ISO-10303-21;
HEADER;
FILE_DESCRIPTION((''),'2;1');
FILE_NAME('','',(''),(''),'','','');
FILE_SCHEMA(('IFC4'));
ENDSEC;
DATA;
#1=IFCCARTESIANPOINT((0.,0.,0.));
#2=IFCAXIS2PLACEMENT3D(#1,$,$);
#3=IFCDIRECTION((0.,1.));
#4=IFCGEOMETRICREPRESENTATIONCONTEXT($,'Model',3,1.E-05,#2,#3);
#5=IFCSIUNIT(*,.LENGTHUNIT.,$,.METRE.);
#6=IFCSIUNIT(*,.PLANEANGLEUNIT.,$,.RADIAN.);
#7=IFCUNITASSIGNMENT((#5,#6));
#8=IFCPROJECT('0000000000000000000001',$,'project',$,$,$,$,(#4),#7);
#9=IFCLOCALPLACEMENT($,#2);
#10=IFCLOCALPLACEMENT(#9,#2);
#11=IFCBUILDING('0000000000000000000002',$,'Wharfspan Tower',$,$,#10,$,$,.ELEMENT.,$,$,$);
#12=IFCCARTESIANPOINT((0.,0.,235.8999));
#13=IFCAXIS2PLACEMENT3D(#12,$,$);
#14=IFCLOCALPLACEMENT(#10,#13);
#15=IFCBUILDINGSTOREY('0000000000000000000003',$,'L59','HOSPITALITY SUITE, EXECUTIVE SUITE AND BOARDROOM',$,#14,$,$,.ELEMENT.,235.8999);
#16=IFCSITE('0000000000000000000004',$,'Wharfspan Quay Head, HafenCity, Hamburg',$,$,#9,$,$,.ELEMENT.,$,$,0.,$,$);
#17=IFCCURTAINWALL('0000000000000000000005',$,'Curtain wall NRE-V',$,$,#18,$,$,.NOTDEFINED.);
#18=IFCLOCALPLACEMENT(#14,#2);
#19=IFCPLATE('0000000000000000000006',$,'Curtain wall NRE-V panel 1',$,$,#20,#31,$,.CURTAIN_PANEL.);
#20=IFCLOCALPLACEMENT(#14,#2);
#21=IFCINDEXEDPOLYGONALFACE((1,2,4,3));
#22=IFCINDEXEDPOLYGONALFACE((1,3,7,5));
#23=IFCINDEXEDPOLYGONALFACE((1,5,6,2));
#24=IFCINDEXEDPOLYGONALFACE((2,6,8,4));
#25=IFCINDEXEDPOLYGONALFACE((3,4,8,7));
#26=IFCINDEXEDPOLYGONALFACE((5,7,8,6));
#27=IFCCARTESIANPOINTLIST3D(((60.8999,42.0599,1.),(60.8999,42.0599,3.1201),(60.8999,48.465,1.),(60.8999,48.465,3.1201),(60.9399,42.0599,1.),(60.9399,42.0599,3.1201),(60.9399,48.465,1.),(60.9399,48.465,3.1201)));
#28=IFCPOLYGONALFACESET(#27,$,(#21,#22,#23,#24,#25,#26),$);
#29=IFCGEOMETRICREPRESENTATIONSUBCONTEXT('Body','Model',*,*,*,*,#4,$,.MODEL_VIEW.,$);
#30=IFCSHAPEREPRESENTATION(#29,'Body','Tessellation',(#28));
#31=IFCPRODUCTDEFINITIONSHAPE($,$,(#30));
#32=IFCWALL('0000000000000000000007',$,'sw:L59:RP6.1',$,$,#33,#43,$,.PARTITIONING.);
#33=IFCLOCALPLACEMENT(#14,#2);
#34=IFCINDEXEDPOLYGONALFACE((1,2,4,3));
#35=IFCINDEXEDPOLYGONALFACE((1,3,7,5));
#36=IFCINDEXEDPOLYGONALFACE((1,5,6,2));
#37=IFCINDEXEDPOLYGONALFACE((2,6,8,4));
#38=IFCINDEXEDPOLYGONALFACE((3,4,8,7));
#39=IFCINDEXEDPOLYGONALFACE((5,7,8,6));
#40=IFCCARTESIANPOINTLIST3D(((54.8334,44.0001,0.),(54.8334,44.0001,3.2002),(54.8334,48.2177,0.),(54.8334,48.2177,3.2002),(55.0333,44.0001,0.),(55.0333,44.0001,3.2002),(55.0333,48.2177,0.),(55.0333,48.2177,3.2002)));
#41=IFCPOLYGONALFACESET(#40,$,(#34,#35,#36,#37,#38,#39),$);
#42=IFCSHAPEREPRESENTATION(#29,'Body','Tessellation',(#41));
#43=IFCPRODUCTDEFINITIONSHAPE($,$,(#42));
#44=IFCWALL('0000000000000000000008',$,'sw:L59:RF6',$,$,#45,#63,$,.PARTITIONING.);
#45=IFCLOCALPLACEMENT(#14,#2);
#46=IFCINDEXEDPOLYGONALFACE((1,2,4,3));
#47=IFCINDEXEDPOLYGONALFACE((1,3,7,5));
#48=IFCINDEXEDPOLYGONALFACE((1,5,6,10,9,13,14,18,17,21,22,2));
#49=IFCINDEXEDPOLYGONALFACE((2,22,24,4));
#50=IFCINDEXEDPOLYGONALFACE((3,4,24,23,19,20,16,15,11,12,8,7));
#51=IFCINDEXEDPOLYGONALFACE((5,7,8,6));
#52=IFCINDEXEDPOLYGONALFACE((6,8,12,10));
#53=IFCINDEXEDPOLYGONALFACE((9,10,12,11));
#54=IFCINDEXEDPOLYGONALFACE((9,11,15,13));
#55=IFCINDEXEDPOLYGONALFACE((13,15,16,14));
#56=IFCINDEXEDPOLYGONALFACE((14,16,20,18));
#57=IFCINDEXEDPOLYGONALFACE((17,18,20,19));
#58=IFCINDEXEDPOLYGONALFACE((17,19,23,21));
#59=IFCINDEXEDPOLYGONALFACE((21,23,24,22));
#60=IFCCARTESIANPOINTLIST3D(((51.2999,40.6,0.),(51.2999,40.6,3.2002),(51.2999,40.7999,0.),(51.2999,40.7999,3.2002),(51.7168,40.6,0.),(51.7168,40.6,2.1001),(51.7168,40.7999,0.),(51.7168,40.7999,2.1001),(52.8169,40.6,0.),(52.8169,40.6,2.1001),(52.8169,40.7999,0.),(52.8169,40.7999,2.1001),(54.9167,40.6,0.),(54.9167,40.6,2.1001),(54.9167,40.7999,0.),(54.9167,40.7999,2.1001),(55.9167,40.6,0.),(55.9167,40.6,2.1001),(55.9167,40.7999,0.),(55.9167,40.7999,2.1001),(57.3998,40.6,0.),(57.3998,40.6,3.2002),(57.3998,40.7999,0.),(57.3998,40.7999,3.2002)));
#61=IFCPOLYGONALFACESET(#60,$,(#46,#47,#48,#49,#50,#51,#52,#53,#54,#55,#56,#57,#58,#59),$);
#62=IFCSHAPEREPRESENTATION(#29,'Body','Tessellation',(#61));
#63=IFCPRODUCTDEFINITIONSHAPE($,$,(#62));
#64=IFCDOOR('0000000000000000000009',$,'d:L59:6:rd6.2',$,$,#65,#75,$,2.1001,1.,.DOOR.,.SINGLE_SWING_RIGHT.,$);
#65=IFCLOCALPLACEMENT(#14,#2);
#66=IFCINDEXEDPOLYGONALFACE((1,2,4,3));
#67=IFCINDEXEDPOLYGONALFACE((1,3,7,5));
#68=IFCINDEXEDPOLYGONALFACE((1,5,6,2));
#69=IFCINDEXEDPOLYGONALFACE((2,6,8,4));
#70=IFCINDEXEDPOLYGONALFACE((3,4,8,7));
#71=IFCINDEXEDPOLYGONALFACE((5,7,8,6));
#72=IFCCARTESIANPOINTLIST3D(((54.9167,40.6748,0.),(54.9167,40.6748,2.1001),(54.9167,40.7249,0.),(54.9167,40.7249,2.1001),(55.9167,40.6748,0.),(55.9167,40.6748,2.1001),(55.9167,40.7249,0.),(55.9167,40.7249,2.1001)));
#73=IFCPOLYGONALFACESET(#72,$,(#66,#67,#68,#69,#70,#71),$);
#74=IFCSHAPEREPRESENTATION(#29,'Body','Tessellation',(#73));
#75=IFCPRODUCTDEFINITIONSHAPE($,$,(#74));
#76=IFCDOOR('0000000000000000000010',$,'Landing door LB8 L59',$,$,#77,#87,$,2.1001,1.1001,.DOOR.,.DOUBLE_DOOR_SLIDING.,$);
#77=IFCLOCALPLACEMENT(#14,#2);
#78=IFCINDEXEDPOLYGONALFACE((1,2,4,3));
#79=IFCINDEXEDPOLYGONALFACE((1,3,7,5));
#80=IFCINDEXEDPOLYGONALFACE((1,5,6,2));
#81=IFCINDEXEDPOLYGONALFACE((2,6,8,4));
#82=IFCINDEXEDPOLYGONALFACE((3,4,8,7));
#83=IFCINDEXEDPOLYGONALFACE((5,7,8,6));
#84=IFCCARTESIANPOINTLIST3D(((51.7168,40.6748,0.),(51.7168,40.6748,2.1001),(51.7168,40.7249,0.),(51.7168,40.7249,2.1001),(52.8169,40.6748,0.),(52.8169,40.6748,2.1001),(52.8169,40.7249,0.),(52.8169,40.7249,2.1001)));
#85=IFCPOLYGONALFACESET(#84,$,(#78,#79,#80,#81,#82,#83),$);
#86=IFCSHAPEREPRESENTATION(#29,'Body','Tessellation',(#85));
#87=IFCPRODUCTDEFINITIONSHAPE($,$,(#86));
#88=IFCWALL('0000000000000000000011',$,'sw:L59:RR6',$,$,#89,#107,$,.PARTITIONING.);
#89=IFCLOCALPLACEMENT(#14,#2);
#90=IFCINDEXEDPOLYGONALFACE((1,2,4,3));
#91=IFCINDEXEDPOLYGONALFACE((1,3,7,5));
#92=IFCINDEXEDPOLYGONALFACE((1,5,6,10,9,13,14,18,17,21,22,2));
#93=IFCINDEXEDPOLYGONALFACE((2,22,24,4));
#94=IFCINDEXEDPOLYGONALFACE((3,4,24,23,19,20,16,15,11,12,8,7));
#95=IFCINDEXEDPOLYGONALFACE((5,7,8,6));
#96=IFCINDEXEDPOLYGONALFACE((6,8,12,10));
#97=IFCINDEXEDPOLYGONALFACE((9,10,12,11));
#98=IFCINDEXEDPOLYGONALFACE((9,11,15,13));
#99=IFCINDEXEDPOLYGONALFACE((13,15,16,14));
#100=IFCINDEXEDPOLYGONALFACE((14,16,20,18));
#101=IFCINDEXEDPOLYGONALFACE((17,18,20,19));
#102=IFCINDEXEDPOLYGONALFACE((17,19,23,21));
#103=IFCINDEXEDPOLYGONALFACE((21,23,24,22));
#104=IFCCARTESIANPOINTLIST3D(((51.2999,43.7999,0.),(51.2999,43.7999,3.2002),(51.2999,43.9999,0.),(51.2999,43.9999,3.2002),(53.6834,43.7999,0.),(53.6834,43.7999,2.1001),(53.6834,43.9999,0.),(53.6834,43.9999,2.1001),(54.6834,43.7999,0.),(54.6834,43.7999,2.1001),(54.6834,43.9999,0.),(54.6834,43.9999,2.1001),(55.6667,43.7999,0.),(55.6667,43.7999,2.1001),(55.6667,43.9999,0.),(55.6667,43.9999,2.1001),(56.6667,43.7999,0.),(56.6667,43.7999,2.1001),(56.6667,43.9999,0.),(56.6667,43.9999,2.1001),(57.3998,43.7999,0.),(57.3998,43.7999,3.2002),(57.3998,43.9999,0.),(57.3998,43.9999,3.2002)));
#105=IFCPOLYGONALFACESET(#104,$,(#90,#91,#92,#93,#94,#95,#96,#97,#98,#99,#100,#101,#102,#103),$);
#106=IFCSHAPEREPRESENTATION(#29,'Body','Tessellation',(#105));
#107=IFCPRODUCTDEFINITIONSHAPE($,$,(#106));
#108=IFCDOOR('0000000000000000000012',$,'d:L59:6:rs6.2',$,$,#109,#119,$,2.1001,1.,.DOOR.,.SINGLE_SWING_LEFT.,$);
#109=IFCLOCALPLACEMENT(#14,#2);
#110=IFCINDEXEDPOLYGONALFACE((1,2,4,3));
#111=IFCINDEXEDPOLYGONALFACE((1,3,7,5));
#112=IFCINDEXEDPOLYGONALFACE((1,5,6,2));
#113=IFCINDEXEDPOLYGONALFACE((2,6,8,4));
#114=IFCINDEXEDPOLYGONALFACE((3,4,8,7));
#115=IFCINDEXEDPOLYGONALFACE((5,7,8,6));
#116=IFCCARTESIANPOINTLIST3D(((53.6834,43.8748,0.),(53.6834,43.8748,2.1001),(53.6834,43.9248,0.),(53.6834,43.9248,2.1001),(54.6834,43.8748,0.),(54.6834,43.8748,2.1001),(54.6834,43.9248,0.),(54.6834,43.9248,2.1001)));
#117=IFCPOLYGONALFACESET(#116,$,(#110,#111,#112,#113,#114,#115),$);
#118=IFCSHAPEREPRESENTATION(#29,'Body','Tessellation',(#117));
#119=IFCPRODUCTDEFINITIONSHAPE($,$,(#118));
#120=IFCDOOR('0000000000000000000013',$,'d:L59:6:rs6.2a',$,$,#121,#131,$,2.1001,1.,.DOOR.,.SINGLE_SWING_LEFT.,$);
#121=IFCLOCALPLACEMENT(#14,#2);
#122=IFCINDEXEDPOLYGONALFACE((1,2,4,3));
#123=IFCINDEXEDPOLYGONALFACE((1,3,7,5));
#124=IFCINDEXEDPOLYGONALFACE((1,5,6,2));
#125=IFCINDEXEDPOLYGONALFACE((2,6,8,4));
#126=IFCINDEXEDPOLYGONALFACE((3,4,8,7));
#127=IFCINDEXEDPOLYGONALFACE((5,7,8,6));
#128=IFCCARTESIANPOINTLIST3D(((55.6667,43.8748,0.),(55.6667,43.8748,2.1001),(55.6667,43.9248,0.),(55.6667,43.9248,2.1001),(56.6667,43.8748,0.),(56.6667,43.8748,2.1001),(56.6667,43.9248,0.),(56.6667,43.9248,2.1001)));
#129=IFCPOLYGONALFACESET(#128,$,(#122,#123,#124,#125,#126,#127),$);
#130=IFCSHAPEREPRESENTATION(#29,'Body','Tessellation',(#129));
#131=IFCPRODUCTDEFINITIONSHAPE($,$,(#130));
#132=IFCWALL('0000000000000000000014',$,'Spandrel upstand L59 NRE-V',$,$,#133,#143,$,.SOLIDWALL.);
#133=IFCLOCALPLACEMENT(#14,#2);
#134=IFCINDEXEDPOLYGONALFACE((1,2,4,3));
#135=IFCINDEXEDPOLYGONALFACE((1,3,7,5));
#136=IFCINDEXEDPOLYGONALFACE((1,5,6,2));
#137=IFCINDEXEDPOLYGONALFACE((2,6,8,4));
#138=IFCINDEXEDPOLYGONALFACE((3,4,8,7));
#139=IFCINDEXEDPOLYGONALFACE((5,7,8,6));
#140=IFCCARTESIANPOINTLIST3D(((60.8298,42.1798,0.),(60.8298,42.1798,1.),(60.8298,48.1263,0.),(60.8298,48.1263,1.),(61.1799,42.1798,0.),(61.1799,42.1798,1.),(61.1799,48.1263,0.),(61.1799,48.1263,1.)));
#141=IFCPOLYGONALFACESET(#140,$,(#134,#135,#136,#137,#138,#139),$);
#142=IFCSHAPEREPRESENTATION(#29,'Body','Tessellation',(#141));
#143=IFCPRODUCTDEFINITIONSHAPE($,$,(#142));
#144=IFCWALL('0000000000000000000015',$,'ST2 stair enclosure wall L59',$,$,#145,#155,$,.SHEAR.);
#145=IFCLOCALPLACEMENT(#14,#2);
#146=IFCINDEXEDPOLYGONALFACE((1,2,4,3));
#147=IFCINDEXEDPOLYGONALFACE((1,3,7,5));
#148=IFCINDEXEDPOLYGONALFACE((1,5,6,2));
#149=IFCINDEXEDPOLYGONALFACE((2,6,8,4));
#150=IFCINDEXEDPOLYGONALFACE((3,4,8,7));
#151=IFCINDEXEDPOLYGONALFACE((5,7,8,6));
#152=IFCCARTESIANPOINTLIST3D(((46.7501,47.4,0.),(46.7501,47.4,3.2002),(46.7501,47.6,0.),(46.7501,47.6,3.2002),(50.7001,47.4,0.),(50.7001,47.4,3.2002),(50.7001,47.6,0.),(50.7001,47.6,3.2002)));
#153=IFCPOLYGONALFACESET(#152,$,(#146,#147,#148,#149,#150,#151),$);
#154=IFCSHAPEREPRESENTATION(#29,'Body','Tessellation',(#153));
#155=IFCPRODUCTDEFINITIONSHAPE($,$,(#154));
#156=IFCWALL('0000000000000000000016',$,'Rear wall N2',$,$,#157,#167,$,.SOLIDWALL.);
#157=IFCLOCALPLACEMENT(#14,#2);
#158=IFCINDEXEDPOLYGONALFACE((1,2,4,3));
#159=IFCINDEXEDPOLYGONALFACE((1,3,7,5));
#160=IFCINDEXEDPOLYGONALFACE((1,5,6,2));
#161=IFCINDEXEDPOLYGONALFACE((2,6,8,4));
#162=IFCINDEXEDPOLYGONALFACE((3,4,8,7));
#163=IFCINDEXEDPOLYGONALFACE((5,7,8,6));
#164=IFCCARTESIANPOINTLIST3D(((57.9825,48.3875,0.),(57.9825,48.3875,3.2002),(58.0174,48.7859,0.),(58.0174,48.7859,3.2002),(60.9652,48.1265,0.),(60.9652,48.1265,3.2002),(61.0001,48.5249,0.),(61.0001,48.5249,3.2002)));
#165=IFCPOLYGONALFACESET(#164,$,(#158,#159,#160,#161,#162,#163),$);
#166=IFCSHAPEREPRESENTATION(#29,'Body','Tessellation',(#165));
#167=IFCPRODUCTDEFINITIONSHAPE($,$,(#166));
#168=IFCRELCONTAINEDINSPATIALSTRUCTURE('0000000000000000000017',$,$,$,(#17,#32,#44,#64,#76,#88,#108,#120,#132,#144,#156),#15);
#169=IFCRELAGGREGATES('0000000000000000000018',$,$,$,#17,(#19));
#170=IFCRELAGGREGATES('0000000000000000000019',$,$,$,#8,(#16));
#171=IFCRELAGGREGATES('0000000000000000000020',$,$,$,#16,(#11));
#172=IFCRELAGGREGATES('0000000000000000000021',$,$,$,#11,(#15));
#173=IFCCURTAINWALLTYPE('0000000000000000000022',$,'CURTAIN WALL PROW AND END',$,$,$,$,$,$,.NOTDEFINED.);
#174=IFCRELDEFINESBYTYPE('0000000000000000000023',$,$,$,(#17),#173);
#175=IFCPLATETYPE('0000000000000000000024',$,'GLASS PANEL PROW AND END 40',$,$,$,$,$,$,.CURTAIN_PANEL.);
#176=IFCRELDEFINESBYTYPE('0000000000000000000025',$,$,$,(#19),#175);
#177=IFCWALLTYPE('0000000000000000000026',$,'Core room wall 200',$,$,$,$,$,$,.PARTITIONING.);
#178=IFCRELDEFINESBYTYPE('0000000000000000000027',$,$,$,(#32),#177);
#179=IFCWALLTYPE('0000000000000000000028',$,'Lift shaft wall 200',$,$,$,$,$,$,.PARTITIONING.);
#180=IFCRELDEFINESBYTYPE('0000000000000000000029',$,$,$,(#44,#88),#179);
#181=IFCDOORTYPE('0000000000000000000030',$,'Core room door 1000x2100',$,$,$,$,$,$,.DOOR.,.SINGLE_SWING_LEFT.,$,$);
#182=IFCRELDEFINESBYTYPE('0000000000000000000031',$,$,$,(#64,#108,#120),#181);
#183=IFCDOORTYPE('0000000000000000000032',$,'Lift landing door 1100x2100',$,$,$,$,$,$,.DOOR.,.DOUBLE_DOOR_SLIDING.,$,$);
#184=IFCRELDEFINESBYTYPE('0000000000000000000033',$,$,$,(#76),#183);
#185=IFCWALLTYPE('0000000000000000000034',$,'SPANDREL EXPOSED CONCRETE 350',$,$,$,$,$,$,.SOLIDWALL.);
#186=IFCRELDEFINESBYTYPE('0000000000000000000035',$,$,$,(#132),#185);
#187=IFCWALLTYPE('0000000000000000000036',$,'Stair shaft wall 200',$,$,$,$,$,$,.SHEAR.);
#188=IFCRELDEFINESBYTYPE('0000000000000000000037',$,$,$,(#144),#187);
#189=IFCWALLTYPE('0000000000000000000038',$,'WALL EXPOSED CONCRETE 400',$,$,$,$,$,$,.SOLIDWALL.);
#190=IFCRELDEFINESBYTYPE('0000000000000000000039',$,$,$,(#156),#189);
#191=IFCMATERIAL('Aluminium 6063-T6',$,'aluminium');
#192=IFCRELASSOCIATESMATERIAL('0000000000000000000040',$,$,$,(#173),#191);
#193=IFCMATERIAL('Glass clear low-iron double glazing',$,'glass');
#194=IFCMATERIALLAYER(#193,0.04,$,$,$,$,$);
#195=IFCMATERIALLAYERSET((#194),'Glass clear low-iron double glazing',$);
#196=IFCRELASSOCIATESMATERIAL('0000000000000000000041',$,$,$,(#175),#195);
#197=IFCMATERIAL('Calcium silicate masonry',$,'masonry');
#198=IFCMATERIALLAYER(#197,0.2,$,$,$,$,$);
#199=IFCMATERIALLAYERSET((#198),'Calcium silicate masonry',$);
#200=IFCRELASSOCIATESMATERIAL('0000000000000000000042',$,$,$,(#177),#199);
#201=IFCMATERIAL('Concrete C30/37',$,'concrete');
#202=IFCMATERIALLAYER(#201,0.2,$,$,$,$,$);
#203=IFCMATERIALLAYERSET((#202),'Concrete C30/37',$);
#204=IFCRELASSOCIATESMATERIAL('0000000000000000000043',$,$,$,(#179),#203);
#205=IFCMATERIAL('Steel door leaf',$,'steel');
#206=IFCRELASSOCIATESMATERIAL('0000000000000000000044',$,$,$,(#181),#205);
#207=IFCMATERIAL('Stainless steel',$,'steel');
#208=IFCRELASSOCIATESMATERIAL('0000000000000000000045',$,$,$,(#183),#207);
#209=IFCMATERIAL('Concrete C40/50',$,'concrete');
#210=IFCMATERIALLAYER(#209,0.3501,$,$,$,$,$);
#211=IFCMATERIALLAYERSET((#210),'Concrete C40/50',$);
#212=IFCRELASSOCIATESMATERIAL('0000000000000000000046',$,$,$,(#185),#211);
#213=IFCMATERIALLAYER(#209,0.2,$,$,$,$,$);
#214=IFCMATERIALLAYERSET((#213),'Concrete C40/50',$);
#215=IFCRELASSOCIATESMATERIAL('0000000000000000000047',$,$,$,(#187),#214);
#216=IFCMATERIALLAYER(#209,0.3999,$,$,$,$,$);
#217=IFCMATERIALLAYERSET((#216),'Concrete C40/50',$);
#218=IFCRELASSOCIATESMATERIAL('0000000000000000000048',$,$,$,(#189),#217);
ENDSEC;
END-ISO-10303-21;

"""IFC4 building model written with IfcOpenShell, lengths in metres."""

from ifc_helpers import new_model, si_unit, direction, frame, frame_2d, origin, origin_2d, place, context, subcontext, project, spatial, rectangle, extrude, material, layer, layer_set, type_object, element, fill, aggregate, save


model = new_model("IFC4")

# Units and contexts
model_context = context("Model", 3, precision=1e-05, world=origin(), true_north=direction((0.0, 1.0)))
body_context = subcontext(model_context, "Body", "Model", "MODEL_VIEW")
ifc_project = project(units=[si_unit("LENGTHUNIT", "METRE"), si_unit("PLANEANGLEUNIT", "RADIAN")], contexts=[model_context])

# Site, building, storey
site_placement = place(None, origin())
site = spatial("IfcSite", under=ifc_project, at=site_placement, Name="Wharfspan Quay Head, HafenCity, Hamburg", CompositionType="ELEMENT", RefElevation=0.0)
building_placement = place(site_placement, origin())
building = spatial("IfcBuilding", under=site, at=building_placement, Name="Wharfspan Tower", CompositionType="ELEMENT")
storey_placement = place(building_placement, frame((0.0, 0.0, 235.8999)))
storey = spatial("IfcBuildingStorey", under=building, at=storey_placement, Name="L59", Description="HOSPITALITY SUITE, EXECUTIVE SUITE AND BOARDROOM", CompositionType="ELEMENT", Elevation=235.8999)

# Shared definitions
ifc_material_1 = material(Name="Aluminium 6063-T6", Category="aluminium")
curtain_wall_type = type_object("IfcCurtainWallType", Name="CURTAIN WALL PROW AND END", PredefinedType="NOTDEFINED", material=ifc_material_1)

# Curtain wall
curtain_wall_1_placement = place(storey_placement, origin())
curtain_wall_1 = element("IfcCurtainWall", 1, at=curtain_wall_1_placement, inside=storey, type_object=curtain_wall_type, Name="Curtain wall NRE-V", PredefinedType="NOTDEFINED")

# Plate
ifc_material_2 = material(Name="Glass clear low-iron double glazing", Category="glass")
ifc_layer_1 = layer(ifc_material_2, 0.04)
ifc_layer_set_1 = layer_set([ifc_layer_1], Name="Glass clear low-iron double glazing")
plate_type = type_object("IfcPlateType", Name="GLASS PANEL PROW AND END 40", PredefinedType="CURTAIN_PANEL", material=ifc_layer_set_1)
plate_1_placement = place(storey_placement, frame((60.9199, 45.2625, 1.0), z_axis=(0.0, 0.0, 1.0), x_axis=(0.0, 1.0, 0.0)))
plate_1 = element("IfcPlate", 2, at=plate_1_placement, type_object=plate_type, Name="Curtain wall NRE-V panel 1", PredefinedType="CURTAIN_PANEL", context=body_context, shape_type="SweptSolid", body=[
    extrude(rectangle(XDim=6.405, YDim=0.04, at=origin_2d()), origin(), (0.0, 0.0, 1.0), 2.1201),
])
aggregate(curtain_wall_1, [plate_1])

# Wall
ifc_material_3 = material(Name="Calcium silicate masonry", Category="masonry")
ifc_layer_2 = layer(ifc_material_3, 0.2)
ifc_layer_set_2 = layer_set([ifc_layer_2], Name="Calcium silicate masonry")
wall_type_1 = type_object("IfcWallType", Name="Core room wall 200", PredefinedType="PARTITIONING", material=ifc_layer_set_2)
wall_1_placement = place(storey_placement, frame((54.9333, 44.0, 0.0), z_axis=(0.0, 0.0, 1.0), x_axis=(0.0, 1.0, 0.0)))
element("IfcWall", 3, at=wall_1_placement, inside=storey, type_object=wall_type_1, Name="sw:L59:RP6.1", PredefinedType="PARTITIONING", context=body_context, shape_type="SweptSolid", body=[
    extrude(rectangle(XDim=4.2175, YDim=0.2, at=frame_2d((2.1089, 0.0))), origin(), (0.0, 0.0, 1.0), 3.2002),
])

# Walls, openings, doors
ifc_material_4 = material(Name="Concrete C30/37", Category="concrete")
ifc_layer_3 = layer(ifc_material_4, 0.2)
ifc_layer_set_3 = layer_set([ifc_layer_3], Name="Concrete C30/37")
wall_type_2 = type_object("IfcWallType", Name="Lift shaft wall 200", PredefinedType="PARTITIONING", material=ifc_layer_set_3)
wall_2_placement = place(storey_placement, frame((51.3, 40.7, 0.0), z_axis=(0.0, 0.0, 1.0), x_axis=(1.0, 0.0, 0.0)))
wall_2 = element("IfcWall", 4, at=wall_2_placement, inside=storey, type_object=wall_type_2, Name="sw:L59:RF6", PredefinedType="PARTITIONING", context=body_context, shape_type="SweptSolid", body=[
    extrude(rectangle(XDim=6.0999, YDim=0.2, at=frame_2d((3.0498, 0.0))), origin(), (0.0, 0.0, 1.0), 3.2002),
])
opening_1_placement = place(wall_2_placement, frame((0.4167, 0.0, 0.0)))
opening_1 = element("IfcOpeningElement", 5, at=opening_1_placement, cuts=wall_2, PredefinedType="OPENING", context=body_context, shape_type="SweptSolid", body=[
    extrude(rectangle(XDim=1.1001, YDim=2.1001, at=frame_2d((0.55, 1.05))), frame((0.0, 0.1099, 0.0), z_axis=(0.0, -1.0, 0.0), x_axis=(1.0, 0.0, 0.0)), (0.0, 0.0, 1.0), 0.22),
])
opening_2_placement = place(wall_2_placement, frame((3.6167, 0.0, 0.0)))
opening_2 = element("IfcOpeningElement", 6, at=opening_2_placement, cuts=wall_2, PredefinedType="OPENING", context=body_context, shape_type="SweptSolid", body=[
    extrude(rectangle(XDim=1.0, YDim=2.1001, at=frame_2d((0.5, 1.05))), frame((0.0, 0.1099, 0.0), z_axis=(0.0, -1.0, 0.0), x_axis=(1.0, 0.0, 0.0)), (0.0, 0.0, 1.0), 0.22),
])
ifc_material_5 = material(Name="Steel door leaf", Category="steel")
door_type_1 = type_object("IfcDoorType", Name="Core room door 1000x2100", OperationType="SINGLE_SWING_LEFT", PredefinedType="DOOR", material=ifc_material_5)
door_1_placement = place(opening_2_placement, origin())
door_1 = element("IfcDoor", 7, at=door_1_placement, inside=storey, type_object=door_type_1, Name="d:L59:6:rd6.2", OperationType="SINGLE_SWING_RIGHT", OverallHeight=2.1001, OverallWidth=1.0, PredefinedType="DOOR", context=body_context, shape_type="SweptSolid", body=[
    extrude(rectangle(XDim=1.0, YDim=2.1001, at=frame_2d((0.5, 1.05))), frame((0.0, 0.0249, 0.0), z_axis=(0.0, -1.0, 0.0), x_axis=(1.0, 0.0, 0.0)), (0.0, 0.0, 1.0), 0.05),
])
fill(opening_2, door_1)
ifc_material_6 = material(Name="Stainless steel", Category="steel")
door_type_2 = type_object("IfcDoorType", Name="Lift landing door 1100x2100", OperationType="DOUBLE_DOOR_SLIDING", PredefinedType="DOOR", material=ifc_material_6)
door_2_placement = place(opening_1_placement, origin())
door_2 = element("IfcDoor", 8, at=door_2_placement, inside=storey, type_object=door_type_2, Name="Landing door LB8 L59", OperationType="DOUBLE_DOOR_SLIDING", OverallHeight=2.1001, OverallWidth=1.1001, PredefinedType="DOOR", context=body_context, shape_type="SweptSolid", body=[
    extrude(rectangle(XDim=1.1001, YDim=2.1001, at=frame_2d((0.55, 1.05))), frame((0.0, 0.0249, 0.0), z_axis=(0.0, -1.0, 0.0), x_axis=(1.0, 0.0, 0.0)), (0.0, 0.0, 1.0), 0.05),
])
fill(opening_1, door_2)
wall_3_placement = place(storey_placement, frame((51.3, 43.8999, 0.0), z_axis=(0.0, 0.0, 1.0), x_axis=(1.0, 0.0, 0.0)))
wall_3 = element("IfcWall", 9, at=wall_3_placement, inside=storey, type_object=wall_type_2, Name="sw:L59:RR6", PredefinedType="PARTITIONING", context=body_context, shape_type="SweptSolid", body=[
    extrude(rectangle(XDim=6.0999, YDim=0.2, at=frame_2d((3.0498, 0.0))), origin(), (0.0, 0.0, 1.0), 3.2002),
])
opening_3_placement = place(wall_3_placement, frame((2.3833, 0.0, 0.0)))
opening_3 = element("IfcOpeningElement", 10, at=opening_3_placement, cuts=wall_3, PredefinedType="OPENING", context=body_context, shape_type="SweptSolid", body=[
    extrude(rectangle(XDim=1.0, YDim=2.1001, at=frame_2d((0.5, 1.05))), frame((0.0, 0.1099, 0.0), z_axis=(0.0, -1.0, 0.0), x_axis=(1.0, 0.0, 0.0)), (0.0, 0.0, 1.0), 0.22),
])
opening_4_placement = place(wall_3_placement, frame((4.3667, 0.0, 0.0)))
opening_4 = element("IfcOpeningElement", 11, at=opening_4_placement, cuts=wall_3, PredefinedType="OPENING", context=body_context, shape_type="SweptSolid", body=[
    extrude(rectangle(XDim=1.0, YDim=2.1001, at=frame_2d((0.5, 1.05))), frame((0.0, 0.1099, 0.0), z_axis=(0.0, -1.0, 0.0), x_axis=(1.0, 0.0, 0.0)), (0.0, 0.0, 1.0), 0.22),
])
door_3_placement = place(opening_3_placement, origin())
door_3 = element("IfcDoor", 12, at=door_3_placement, inside=storey, type_object=door_type_1, Name="d:L59:6:rs6.2", OperationType="SINGLE_SWING_LEFT", OverallHeight=2.1001, OverallWidth=1.0, PredefinedType="DOOR", context=body_context, shape_type="SweptSolid", body=[
    extrude(rectangle(XDim=1.0, YDim=2.1001, at=frame_2d((0.5, 1.05))), frame((0.0, 0.0249, 0.0), z_axis=(0.0, -1.0, 0.0), x_axis=(1.0, 0.0, 0.0)), (0.0, 0.0, 1.0), 0.05),
])
fill(opening_3, door_3)
door_4_placement = place(opening_4_placement, origin())
door_4 = element("IfcDoor", 13, at=door_4_placement, inside=storey, type_object=door_type_1, Name="d:L59:6:rs6.2a", OperationType="SINGLE_SWING_LEFT", OverallHeight=2.1001, OverallWidth=1.0, PredefinedType="DOOR", context=body_context, shape_type="SweptSolid", body=[
    extrude(rectangle(XDim=1.0, YDim=2.1001, at=frame_2d((0.5, 1.05))), frame((0.0, 0.0249, 0.0), z_axis=(0.0, -1.0, 0.0), x_axis=(1.0, 0.0, 0.0)), (0.0, 0.0, 1.0), 0.05),
])
fill(opening_4, door_4)

# Walls
ifc_material_7 = material(Name="Concrete C40/50", Category="concrete")
ifc_layer_4 = layer(ifc_material_7, 0.3501)
ifc_layer_set_4 = layer_set([ifc_layer_4], Name="Concrete C40/50")
wall_type_3 = type_object("IfcWallType", Name="SPANDREL EXPOSED CONCRETE 350", PredefinedType="SOLIDWALL", material=ifc_layer_set_4)
wall_4_placement = place(storey_placement, frame((61.0049, 42.1799, 0.0), z_axis=(0.0, 0.0, 1.0), x_axis=(0.0, 1.0, 0.0)))
element("IfcWall", 14, at=wall_4_placement, inside=storey, type_object=wall_type_3, Name="Spandrel upstand L59 NRE-V", PredefinedType="SOLIDWALL", context=body_context, shape_type="SweptSolid", body=[
    extrude(rectangle(XDim=5.9465, YDim=0.3501, at=frame_2d((2.9731, 0.0))), origin(), (0.0, 0.0, 1.0), 1.0),
])
ifc_layer_5 = layer(ifc_material_7, 0.2)
ifc_layer_set_5 = layer_set([ifc_layer_5], Name="Concrete C40/50")
wall_type_4 = type_object("IfcWallType", Name="Stair shaft wall 200", PredefinedType="SHEAR", material=ifc_layer_set_5)
wall_5_placement = place(storey_placement, frame((46.75, 47.5, 0.0), z_axis=(0.0, 0.0, 1.0), x_axis=(1.0, 0.0, 0.0)))
element("IfcWall", 15, at=wall_5_placement, inside=storey, type_object=wall_type_4, Name="ST2 stair enclosure wall L59", PredefinedType="SHEAR", context=body_context, shape_type="SweptSolid", body=[
    extrude(rectangle(XDim=3.95, YDim=0.2, at=frame_2d((1.9751, 0.0))), origin(), (0.0, 0.0, 1.0), 3.2002),
])
ifc_layer_6 = layer(ifc_material_7, 0.3999)
ifc_layer_set_6 = layer_set([ifc_layer_6], Name="Concrete C40/50")
wall_type_5 = type_object("IfcWallType", Name="WALL EXPOSED CONCRETE 400", PredefinedType="SOLIDWALL", material=ifc_layer_set_6)
wall_6_placement = place(storey_placement, frame((60.9827, 48.3257, 0.0), z_axis=(0.0, 0.0, 1.0), x_axis=(-0.996194, 0.087168, 0.0)))
element("IfcWall", 16, at=wall_6_placement, inside=storey, type_object=wall_type_5, Name="Rear wall N2", PredefinedType="SOLIDWALL", context=body_context, shape_type="SweptSolid", body=[
    extrude(rectangle(XDim=2.9941, YDim=0.3999, at=frame_2d((1.4971, 0.0))), origin(), (0.0, 0.0, 1.0), 3.2002),
])

save(model, "model.ifc")
